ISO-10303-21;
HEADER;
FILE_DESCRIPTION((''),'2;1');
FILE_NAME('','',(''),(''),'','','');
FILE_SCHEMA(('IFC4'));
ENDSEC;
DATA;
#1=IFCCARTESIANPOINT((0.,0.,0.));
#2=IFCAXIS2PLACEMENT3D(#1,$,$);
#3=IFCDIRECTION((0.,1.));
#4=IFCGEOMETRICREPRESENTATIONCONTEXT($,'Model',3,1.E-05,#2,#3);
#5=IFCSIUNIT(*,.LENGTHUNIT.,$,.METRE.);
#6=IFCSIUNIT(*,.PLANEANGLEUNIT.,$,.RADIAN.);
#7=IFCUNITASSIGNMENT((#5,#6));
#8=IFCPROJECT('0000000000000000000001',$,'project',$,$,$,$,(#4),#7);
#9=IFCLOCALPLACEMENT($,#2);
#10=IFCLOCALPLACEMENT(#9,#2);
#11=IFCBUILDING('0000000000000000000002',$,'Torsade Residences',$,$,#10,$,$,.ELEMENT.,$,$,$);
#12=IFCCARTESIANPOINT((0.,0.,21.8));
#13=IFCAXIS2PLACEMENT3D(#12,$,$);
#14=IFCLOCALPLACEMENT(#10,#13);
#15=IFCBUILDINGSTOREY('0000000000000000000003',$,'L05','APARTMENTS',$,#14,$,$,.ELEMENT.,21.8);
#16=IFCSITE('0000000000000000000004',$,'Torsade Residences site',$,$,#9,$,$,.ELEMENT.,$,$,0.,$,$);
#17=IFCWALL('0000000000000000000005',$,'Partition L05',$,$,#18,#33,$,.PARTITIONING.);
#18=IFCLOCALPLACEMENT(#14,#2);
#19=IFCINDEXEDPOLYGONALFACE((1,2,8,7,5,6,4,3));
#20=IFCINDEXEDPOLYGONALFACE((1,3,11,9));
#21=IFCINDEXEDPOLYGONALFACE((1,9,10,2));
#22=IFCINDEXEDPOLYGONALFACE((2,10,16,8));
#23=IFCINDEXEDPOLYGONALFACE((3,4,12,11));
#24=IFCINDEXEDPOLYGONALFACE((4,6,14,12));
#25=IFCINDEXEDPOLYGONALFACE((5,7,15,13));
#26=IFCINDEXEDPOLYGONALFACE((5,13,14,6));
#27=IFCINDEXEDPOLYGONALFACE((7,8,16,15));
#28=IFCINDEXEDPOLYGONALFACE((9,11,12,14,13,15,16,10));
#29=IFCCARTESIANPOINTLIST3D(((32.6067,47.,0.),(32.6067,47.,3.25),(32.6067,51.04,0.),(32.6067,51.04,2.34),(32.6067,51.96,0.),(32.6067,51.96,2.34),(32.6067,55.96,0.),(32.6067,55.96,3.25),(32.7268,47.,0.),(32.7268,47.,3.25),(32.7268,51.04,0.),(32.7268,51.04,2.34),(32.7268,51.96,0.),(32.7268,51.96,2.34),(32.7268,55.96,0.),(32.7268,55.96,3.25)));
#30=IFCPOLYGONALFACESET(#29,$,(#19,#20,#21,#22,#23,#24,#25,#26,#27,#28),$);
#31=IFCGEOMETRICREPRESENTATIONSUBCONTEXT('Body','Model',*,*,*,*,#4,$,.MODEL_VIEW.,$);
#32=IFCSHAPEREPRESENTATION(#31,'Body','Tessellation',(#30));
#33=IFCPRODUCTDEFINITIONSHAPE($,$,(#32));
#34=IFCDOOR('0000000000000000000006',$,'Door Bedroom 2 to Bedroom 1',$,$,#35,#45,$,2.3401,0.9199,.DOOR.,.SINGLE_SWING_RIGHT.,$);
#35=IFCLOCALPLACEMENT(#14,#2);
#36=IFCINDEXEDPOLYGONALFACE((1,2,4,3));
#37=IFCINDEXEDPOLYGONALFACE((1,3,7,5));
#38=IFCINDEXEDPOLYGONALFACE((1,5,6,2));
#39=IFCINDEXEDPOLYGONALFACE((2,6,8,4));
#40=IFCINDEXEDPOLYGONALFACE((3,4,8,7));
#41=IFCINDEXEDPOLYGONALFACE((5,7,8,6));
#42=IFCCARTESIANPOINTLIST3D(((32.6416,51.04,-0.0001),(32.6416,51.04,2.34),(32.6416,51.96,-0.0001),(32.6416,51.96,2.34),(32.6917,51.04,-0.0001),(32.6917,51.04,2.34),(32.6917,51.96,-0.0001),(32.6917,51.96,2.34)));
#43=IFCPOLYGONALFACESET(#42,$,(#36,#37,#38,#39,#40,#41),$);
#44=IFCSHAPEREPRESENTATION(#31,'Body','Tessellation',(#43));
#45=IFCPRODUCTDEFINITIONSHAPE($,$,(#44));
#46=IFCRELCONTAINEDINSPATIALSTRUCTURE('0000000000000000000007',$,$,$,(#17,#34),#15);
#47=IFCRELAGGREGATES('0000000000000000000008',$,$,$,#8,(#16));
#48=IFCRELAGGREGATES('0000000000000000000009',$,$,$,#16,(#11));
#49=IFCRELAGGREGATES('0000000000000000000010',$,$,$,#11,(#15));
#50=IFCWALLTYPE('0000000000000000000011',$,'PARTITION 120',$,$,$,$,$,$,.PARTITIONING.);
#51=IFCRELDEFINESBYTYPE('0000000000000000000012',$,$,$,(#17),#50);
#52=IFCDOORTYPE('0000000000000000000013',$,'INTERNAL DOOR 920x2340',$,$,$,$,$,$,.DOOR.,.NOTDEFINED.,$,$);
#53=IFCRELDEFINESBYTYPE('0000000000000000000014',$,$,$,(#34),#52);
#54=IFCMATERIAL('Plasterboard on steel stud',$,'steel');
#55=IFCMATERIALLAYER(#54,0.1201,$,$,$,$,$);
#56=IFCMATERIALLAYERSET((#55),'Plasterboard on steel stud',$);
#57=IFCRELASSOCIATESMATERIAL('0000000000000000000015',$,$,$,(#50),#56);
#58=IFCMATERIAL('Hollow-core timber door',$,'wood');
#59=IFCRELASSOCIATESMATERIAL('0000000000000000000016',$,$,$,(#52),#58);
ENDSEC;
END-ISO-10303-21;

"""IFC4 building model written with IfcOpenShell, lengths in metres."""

from ifc_helpers import new_model, si_unit, direction, frame, frame_2d, origin, place, context, subcontext, project, spatial, rectangle, extrude, material, layer, layer_set, type_object, element, fill, save


model = new_model("IFC4")

# Units and contexts
model_context = context("Model", 3, precision=1e-05, world=origin(), true_north=direction((0.0, 1.0)))
body_context = subcontext(model_context, "Body", "Model", "MODEL_VIEW")
ifc_project = project(units=[si_unit("LENGTHUNIT", "METRE"), si_unit("PLANEANGLEUNIT", "RADIAN")], contexts=[model_context])

# Site, building, storey
site_placement = place(None, origin())
site = spatial("IfcSite", under=ifc_project, at=site_placement, Name="Torsade Residences site", CompositionType="ELEMENT", RefElevation=0.0)
building_placement = place(site_placement, origin())
building = spatial("IfcBuilding", under=site, at=building_placement, Name="Torsade Residences", CompositionType="ELEMENT")
storey_placement = place(building_placement, frame((0.0, 0.0, 21.8)))
storey = spatial("IfcBuildingStorey", under=building, at=storey_placement, Name="L05", Description="APARTMENTS", CompositionType="ELEMENT", Elevation=21.8)

# Shared definitions
ifc_material_1 = material(Name="Plasterboard on steel stud", Category="steel")
ifc_layer_1 = layer(ifc_material_1, 0.1201)
ifc_layer_set_1 = layer_set([ifc_layer_1], Name="Plasterboard on steel stud")
wall_type = type_object("IfcWallType", Name="PARTITION 120", PredefinedType="PARTITIONING", material=ifc_layer_set_1)
ifc_material_2 = material(Name="Hollow-core timber door", Category="wood")
door_type_1 = type_object("IfcDoorType", Name="INTERNAL DOOR 920x2340", OperationType="NOTDEFINED", PredefinedType="DOOR", material=ifc_material_2)

# Wall, opening, door
wall_1_placement = place(storey_placement, frame((32.6667, 55.96, 0.0), z_axis=(0.0, 0.0, 1.0), x_axis=(0.0, -1.0, 0.0)))
wall_1 = element("IfcWall", 1, at=wall_1_placement, inside=storey, type_object=wall_type, Name="Partition L05", PredefinedType="PARTITIONING", context=body_context, shape_type="SweptSolid", body=[
    extrude(rectangle(XDim=8.96, YDim=0.1201, at=frame_2d((4.48, 0.0))), origin(), (0.0, 0.0, 1.0), 3.25),
])
opening_1_placement = place(wall_1_placement, frame((4.0, 0.0, 0.0)))
opening_1 = element("IfcOpeningElement", 2, at=opening_1_placement, cuts=wall_1, PredefinedType="OPENING", context=body_context, shape_type="SweptSolid", body=[
    extrude(rectangle(XDim=0.9199, YDim=2.3401, at=frame_2d((0.46, 1.1699))), frame((0.0, 0.0701, 0.0), z_axis=(0.0, -1.0, 0.0), x_axis=(1.0, 0.0, 0.0)), (0.0, 0.0, 1.0), 0.1401),
])
door_1_placement = place(opening_1_placement, origin())
door_1 = element("IfcDoor", 3, at=door_1_placement, inside=storey, type_object=door_type_1, Name="Door Bedroom 2 to Bedroom 1", OperationType="SINGLE_SWING_RIGHT", OverallHeight=2.3401, OverallWidth=0.9199, PredefinedType="DOOR", context=body_context, shape_type="SweptSolid", body=[
    extrude(rectangle(XDim=0.9199, YDim=2.3401, at=frame_2d((0.46, 1.1699))), frame((0.0, 0.0249, 0.0), z_axis=(0.0, -1.0, 0.0), x_axis=(1.0, 0.0, 0.0)), (0.0, 0.0, 1.0), 0.05),
])
fill(opening_1, door_1)

save(model, "model.ifc")
